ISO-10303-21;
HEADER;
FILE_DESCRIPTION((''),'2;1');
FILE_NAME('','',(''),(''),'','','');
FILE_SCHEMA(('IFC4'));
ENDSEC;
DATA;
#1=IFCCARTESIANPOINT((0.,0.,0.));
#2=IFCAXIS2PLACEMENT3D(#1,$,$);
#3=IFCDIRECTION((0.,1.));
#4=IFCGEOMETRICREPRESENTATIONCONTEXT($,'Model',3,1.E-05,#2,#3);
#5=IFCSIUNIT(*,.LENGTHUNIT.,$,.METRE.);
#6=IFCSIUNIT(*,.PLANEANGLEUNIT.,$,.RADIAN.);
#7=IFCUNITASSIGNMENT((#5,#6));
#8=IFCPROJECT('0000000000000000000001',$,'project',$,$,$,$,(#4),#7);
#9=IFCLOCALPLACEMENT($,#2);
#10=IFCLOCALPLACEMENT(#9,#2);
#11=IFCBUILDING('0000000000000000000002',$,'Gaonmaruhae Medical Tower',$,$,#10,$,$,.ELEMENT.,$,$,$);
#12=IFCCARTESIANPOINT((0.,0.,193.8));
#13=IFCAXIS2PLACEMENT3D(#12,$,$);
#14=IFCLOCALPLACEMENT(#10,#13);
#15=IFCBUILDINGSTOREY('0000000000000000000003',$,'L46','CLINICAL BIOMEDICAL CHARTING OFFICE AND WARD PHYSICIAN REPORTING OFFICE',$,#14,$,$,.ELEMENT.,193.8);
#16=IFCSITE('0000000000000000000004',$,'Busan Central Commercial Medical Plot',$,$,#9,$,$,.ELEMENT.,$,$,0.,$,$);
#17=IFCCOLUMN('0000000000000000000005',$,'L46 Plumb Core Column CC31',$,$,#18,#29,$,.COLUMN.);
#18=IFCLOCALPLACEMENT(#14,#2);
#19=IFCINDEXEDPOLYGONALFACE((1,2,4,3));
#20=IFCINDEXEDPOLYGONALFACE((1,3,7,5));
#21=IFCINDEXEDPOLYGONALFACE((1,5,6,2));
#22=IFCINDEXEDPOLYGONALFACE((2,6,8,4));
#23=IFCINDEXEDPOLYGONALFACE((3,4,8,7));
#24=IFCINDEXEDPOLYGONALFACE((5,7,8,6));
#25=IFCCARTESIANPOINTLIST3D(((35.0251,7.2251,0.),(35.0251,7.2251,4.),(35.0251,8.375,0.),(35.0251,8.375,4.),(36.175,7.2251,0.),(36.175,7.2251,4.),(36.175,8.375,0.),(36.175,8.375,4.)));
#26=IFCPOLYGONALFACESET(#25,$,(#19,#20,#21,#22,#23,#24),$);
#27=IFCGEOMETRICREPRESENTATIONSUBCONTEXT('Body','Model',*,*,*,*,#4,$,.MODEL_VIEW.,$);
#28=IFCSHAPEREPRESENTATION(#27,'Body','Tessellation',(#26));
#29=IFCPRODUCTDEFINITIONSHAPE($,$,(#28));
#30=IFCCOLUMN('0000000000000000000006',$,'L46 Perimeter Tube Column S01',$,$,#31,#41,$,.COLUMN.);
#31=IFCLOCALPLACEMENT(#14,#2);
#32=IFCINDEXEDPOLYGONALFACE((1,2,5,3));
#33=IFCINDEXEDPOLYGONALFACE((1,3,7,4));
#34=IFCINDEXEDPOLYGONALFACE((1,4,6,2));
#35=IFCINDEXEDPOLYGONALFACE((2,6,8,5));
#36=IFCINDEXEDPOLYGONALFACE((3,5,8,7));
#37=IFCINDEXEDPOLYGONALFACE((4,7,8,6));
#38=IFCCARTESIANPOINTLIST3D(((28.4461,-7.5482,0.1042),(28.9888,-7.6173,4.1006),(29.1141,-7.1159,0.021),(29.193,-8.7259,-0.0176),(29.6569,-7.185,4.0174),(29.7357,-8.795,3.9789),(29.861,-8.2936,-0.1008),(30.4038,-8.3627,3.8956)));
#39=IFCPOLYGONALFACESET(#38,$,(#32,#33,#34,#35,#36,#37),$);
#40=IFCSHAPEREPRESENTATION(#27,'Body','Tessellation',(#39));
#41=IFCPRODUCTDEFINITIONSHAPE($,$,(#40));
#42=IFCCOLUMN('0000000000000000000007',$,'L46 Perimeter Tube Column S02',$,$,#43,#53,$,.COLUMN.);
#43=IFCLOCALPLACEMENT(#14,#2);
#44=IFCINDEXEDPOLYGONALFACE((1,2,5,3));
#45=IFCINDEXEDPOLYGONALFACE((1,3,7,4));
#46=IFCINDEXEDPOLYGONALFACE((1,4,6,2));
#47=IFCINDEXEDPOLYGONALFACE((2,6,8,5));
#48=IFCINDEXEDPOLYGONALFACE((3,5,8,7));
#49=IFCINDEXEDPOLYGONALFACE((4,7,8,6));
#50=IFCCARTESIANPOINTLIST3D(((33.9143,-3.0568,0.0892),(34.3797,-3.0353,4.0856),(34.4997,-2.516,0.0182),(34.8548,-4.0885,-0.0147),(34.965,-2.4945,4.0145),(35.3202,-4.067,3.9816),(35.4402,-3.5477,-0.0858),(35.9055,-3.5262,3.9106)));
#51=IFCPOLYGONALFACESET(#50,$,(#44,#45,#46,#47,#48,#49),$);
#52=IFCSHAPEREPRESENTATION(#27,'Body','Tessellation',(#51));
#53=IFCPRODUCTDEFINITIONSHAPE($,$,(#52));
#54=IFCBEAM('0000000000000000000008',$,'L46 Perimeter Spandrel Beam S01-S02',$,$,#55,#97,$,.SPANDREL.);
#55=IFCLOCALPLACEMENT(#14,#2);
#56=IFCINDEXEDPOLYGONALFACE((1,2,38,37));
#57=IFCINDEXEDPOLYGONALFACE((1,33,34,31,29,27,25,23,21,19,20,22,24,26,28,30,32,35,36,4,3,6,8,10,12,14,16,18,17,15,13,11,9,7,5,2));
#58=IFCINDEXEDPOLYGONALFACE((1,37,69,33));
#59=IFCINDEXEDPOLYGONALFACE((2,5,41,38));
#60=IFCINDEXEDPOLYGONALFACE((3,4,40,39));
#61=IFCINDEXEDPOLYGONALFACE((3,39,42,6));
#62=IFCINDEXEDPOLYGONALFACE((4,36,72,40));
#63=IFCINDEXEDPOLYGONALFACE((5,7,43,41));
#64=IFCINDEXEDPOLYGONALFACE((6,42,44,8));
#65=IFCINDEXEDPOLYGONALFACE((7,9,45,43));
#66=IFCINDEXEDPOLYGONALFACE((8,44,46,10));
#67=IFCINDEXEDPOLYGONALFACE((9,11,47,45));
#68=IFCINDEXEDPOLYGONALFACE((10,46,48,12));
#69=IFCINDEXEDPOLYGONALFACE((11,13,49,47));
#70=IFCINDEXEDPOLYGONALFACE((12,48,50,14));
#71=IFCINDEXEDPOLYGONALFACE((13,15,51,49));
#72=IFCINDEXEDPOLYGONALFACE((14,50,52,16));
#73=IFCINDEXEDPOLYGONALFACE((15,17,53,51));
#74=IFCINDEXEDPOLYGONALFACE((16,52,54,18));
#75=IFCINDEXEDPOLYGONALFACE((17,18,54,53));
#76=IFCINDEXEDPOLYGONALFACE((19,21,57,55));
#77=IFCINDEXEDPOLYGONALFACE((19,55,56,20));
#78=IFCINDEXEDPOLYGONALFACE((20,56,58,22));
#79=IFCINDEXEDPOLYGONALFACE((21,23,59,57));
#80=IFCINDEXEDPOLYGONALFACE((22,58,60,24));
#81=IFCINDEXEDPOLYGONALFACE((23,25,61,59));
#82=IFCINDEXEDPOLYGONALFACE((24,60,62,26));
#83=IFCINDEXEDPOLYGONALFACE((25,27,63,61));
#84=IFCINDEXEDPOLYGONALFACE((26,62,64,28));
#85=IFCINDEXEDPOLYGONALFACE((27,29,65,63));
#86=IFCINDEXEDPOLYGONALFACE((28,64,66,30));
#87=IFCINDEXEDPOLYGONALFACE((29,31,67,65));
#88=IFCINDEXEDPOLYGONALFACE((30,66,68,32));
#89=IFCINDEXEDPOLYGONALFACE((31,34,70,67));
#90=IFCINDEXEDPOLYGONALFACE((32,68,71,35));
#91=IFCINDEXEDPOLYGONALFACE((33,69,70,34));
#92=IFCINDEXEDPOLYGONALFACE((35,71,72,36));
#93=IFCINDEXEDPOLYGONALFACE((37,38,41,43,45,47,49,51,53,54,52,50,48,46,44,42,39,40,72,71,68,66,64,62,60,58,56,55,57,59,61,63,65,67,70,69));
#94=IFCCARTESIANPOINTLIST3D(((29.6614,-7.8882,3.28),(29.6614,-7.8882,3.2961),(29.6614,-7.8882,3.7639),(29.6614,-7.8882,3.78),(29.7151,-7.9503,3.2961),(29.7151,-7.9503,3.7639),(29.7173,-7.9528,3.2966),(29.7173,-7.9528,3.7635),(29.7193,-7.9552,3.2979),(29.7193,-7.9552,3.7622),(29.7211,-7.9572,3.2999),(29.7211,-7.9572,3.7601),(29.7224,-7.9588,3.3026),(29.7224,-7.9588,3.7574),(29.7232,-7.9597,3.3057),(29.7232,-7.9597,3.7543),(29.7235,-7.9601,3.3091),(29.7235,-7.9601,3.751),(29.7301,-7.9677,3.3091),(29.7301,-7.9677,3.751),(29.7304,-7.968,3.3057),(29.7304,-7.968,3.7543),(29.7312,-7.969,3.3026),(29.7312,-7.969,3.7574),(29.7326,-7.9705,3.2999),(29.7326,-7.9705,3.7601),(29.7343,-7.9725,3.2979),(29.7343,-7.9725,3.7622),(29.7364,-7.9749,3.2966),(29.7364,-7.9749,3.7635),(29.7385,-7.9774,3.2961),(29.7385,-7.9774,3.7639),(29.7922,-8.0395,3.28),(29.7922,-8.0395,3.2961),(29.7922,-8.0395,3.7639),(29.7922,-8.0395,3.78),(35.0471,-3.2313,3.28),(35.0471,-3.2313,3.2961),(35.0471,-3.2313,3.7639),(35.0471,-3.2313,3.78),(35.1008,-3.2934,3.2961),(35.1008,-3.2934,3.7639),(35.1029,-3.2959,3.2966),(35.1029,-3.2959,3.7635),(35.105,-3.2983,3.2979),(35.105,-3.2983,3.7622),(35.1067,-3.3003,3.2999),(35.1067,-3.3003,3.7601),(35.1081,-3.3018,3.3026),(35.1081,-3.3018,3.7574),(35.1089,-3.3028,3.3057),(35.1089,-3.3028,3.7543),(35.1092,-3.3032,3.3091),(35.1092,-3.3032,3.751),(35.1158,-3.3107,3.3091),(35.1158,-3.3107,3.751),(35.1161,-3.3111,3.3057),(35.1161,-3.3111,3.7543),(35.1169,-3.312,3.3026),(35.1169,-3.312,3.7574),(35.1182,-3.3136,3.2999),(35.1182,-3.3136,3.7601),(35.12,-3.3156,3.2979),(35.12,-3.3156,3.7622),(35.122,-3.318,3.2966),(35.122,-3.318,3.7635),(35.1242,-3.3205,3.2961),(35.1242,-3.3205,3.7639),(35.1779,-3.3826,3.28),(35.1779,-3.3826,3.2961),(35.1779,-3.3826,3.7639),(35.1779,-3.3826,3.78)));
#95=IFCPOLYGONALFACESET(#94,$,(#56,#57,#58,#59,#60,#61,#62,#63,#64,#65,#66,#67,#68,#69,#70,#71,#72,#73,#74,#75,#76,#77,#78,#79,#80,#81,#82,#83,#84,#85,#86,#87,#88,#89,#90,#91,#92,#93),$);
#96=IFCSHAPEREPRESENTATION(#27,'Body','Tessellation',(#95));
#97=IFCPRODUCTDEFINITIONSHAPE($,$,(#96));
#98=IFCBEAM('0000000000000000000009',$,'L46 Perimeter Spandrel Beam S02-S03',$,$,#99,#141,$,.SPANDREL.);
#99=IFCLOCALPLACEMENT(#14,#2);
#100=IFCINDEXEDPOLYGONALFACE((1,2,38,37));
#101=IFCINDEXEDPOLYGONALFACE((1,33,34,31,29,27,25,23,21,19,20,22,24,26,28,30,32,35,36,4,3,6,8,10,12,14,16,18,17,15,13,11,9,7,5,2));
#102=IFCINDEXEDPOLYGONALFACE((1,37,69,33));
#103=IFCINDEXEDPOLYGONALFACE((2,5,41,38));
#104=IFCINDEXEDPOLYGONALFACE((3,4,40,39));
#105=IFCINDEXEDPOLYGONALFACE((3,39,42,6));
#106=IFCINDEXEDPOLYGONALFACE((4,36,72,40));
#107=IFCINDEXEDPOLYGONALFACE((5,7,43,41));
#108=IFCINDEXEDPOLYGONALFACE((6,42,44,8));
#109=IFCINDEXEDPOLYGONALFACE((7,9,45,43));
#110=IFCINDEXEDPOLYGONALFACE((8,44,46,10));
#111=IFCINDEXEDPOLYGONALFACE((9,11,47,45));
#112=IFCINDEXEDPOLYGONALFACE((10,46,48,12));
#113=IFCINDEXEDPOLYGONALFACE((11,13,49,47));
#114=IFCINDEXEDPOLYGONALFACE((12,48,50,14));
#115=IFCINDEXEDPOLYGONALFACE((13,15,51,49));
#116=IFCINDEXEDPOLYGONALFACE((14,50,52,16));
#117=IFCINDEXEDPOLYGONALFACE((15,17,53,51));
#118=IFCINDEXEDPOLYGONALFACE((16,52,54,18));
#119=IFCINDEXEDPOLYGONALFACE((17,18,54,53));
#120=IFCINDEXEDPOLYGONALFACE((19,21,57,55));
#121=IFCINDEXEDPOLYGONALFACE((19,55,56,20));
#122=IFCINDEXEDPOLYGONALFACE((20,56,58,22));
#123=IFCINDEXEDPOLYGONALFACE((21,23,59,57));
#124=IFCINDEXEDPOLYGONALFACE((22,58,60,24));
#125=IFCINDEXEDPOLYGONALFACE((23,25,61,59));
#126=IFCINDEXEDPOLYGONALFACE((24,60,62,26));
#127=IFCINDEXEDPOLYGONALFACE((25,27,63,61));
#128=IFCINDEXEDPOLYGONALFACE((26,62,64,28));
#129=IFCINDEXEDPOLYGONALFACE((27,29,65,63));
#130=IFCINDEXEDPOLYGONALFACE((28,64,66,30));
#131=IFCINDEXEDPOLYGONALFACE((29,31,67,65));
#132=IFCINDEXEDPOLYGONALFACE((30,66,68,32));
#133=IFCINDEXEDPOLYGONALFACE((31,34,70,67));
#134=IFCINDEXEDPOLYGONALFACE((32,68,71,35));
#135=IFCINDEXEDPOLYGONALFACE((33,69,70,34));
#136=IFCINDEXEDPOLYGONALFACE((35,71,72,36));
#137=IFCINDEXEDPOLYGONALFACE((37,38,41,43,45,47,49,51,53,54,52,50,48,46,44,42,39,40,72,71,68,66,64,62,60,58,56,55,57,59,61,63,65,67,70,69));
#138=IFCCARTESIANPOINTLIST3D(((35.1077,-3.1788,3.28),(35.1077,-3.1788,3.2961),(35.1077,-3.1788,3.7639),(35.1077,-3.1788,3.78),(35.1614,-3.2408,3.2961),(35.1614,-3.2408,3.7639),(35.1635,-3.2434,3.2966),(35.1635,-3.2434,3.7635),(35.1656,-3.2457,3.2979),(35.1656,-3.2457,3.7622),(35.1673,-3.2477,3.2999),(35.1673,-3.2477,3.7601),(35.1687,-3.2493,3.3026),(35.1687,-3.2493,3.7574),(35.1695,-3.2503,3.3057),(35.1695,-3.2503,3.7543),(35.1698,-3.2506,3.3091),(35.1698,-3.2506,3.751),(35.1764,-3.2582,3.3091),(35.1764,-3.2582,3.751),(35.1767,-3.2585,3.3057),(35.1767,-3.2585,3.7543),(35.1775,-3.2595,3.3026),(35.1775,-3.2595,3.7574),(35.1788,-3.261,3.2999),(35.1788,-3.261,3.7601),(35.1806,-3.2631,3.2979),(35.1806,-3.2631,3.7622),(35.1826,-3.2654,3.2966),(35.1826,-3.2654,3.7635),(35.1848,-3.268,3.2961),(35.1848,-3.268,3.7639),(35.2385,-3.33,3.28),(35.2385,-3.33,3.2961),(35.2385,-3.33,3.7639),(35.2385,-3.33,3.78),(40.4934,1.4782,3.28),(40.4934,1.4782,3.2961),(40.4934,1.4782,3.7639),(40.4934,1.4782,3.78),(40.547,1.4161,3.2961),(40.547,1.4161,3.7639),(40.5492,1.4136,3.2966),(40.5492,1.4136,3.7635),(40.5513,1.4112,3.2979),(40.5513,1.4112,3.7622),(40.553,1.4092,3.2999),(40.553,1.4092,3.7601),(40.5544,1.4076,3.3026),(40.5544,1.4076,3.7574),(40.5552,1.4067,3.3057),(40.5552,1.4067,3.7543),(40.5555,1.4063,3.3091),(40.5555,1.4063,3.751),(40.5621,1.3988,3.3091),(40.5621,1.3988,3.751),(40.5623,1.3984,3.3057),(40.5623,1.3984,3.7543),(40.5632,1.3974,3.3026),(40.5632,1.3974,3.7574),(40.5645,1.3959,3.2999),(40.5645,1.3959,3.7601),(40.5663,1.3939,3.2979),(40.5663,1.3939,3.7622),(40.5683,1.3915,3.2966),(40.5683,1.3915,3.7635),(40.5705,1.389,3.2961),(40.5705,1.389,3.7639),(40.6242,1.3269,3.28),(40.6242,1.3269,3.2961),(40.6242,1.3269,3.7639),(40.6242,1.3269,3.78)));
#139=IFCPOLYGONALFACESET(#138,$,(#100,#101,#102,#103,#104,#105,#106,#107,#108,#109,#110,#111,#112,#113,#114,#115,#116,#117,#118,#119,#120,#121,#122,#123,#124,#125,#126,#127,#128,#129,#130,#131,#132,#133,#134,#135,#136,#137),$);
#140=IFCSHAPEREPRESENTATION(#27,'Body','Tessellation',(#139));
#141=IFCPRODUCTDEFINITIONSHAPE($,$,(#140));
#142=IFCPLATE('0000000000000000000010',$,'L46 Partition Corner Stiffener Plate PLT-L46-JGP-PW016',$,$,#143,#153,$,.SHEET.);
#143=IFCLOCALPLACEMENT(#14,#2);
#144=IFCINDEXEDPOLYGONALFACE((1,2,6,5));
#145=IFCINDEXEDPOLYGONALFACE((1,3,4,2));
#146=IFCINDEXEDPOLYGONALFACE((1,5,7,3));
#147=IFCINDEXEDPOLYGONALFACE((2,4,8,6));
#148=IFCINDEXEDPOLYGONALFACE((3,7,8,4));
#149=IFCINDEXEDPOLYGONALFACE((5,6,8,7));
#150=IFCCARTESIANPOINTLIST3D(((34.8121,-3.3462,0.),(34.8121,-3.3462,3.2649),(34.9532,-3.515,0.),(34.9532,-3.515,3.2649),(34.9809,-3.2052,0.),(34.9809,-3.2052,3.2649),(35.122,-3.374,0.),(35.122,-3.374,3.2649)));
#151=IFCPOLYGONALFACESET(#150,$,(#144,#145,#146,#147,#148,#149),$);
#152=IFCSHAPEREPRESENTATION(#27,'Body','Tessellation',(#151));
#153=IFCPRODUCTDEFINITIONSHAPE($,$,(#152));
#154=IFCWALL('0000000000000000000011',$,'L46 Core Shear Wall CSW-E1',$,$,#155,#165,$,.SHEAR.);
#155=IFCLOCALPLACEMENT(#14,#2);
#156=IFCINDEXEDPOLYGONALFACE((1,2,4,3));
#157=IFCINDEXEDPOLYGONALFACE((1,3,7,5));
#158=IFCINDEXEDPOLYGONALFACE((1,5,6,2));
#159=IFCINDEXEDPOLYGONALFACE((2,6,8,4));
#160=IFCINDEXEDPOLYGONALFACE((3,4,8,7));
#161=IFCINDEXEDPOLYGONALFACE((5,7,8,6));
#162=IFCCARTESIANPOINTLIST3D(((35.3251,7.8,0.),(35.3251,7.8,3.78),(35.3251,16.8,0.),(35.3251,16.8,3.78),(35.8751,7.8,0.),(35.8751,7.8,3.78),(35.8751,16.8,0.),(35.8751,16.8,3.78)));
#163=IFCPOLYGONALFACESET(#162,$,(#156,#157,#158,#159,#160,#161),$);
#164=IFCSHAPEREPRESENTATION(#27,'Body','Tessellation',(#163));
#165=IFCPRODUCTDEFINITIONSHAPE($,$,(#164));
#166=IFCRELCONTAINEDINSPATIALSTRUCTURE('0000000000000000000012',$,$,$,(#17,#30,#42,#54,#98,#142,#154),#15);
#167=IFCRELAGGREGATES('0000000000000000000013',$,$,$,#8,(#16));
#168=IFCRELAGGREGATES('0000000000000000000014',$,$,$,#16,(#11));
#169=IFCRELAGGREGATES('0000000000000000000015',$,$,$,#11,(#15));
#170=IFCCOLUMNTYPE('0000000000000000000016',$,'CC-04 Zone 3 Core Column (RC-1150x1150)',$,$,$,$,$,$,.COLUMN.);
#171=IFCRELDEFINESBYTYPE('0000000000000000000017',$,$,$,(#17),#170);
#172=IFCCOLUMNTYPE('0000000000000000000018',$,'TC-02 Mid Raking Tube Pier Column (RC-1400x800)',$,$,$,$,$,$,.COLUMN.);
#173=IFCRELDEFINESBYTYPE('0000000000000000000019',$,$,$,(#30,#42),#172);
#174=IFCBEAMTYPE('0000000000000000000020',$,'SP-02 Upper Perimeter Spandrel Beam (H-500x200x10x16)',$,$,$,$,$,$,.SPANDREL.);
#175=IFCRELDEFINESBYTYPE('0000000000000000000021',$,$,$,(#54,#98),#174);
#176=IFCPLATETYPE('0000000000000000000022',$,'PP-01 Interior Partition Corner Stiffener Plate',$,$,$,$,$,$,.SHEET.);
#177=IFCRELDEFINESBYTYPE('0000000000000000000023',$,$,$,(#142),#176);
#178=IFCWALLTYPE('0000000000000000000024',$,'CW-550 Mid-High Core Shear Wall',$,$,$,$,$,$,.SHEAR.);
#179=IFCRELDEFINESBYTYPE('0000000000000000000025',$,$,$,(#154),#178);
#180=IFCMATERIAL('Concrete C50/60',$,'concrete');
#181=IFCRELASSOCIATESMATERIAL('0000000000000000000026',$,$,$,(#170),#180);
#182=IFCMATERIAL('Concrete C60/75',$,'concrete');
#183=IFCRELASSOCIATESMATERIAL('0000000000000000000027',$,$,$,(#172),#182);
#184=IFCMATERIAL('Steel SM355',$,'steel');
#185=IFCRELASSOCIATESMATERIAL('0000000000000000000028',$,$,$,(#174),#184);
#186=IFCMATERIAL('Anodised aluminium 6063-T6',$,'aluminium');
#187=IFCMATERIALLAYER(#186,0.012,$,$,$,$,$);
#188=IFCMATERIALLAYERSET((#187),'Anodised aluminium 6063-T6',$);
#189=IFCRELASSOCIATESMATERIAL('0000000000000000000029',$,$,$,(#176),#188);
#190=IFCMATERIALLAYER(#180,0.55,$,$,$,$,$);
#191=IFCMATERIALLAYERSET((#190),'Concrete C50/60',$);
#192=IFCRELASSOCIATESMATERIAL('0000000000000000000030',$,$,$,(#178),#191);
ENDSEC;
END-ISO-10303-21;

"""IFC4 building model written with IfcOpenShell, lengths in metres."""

from ifc_helpers import new_model, si_unit, direction, frame, frame_2d, origin, origin_2d, place, context, subcontext, project, spatial, rectangle, i_section, extrude, material, layer, layer_set, material_profile, profile_set, type_object, element, save


model = new_model("IFC4")

# Units and contexts
model_context = context("Model", 3, precision=1e-05, world=origin(), true_north=direction((0.0, 1.0)))
body_context = subcontext(model_context, "Body", "Model", "MODEL_VIEW")
ifc_project = project(units=[si_unit("LENGTHUNIT", "METRE"), si_unit("PLANEANGLEUNIT", "RADIAN")], contexts=[model_context])

# Site, building, storey
site_placement = place(None, origin())
site = spatial("IfcSite", under=ifc_project, at=site_placement, Name="Busan Central Commercial Medical Plot", CompositionType="ELEMENT", RefElevation=0.0)
building_placement = place(site_placement, origin())
building = spatial("IfcBuilding", under=site, at=building_placement, Name="Gaonmaruhae Medical Tower", CompositionType="ELEMENT")
storey_placement = place(building_placement, frame((0.0, 0.0, 193.8)))
storey = spatial("IfcBuildingStorey", under=building, at=storey_placement, Name="L46", Description="CLINICAL BIOMEDICAL CHARTING OFFICE AND WARD PHYSICIAN REPORTING OFFICE", CompositionType="ELEMENT", Elevation=193.8)

# Columns
ifc_material_1 = material(Name="Concrete C50/60", Category="concrete")
ifc_material_profile_1 = material_profile(ifc_material_1, rectangle(XDim=1.1499, YDim=1.1499, at=origin_2d()), Name="RC-1150x1150")
ifc_profile_set_1 = profile_set([ifc_material_profile_1], Name="Concrete C50/60")
column_type_1 = type_object("IfcColumnType", Name="CC-04 Zone 3 Core Column (RC-1150x1150)", PredefinedType="COLUMN", material=ifc_profile_set_1)
column_1_placement = place(storey_placement, frame((35.6001, 7.8, 0.0), z_axis=(0.0, 0.0, 1.0), x_axis=(1.0, 0.0, 0.0)))
element("IfcColumn", 1, at=column_1_placement, inside=storey, type_object=column_type_1, Name="L46 Plumb Core Column CC31", PredefinedType="COLUMN", context=body_context, shape_type="SweptSolid", body=[
    extrude(rectangle(XDim=1.1499, YDim=1.1499, at=origin_2d()), origin(), (0.0, 0.0, 1.0), 4.0),
])
ifc_material_2 = material(Name="Concrete C60/75", Category="concrete")
ifc_material_profile_2 = material_profile(ifc_material_2, rectangle(XDim=1.3999, YDim=0.8, at=origin_2d()), Name="RC-1400x800")
ifc_profile_set_2 = profile_set([ifc_material_profile_2], Name="Concrete C60/75")
column_type_2 = type_object("IfcColumnType", Name="TC-02 Mid Raking Tube Pier Column (RC-1400x800)", PredefinedType="COLUMN", material=ifc_profile_set_2)
column_2_placement = place(storey_placement, frame((29.1536, -7.9209, 0.0017), z_axis=(0.13455, -0.017129, 0.990759), x_axis=(-0.533551, 0.841281, 0.087004)))
element("IfcColumn", 2, at=column_2_placement, inside=storey, type_object=column_type_2, Name="L46 Perimeter Tube Column S01", PredefinedType="COLUMN", context=body_context, shape_type="SweptSolid", body=[
    extrude(rectangle(XDim=1.3999, YDim=0.8, at=origin_2d()), origin(), (0.0, 0.0, 1.0), 4.0337),
])
column_3_placement = place(storey_placement, frame((34.6772, -3.3022, 0.0017), z_axis=(0.115657, 0.00534, 0.993275), x_axis=(-0.67184, 0.736964, 0.074267)))
element("IfcColumn", 3, at=column_3_placement, inside=storey, type_object=column_type_2, Name="L46 Perimeter Tube Column S02", PredefinedType="COLUMN", context=body_context, shape_type="SweptSolid", body=[
    extrude(rectangle(XDim=1.3999, YDim=0.8, at=origin_2d()), origin(), (0.0, 0.0, 1.0), 4.0234),
])

# Beams
ifc_material_3 = material(Name="Steel SM355", Category="steel")
ifc_material_profile_3 = material_profile(ifc_material_3, i_section(OverallWidth=0.2, OverallDepth=0.5, WebThickness=0.01, FlangeThickness=0.0161, FilletRadius=0.0129, at=origin_2d()), Name="H-500x200x10x16")
ifc_profile_set_3 = profile_set([ifc_material_profile_3], Name="Steel SM355")
beam_type = type_object("IfcBeamType", Name="SP-02 Upper Perimeter Spandrel Beam (H-500x200x10x16)", PredefinedType="SPANDREL", material=ifc_profile_set_3)
for number, where, z_axis, x_axis, name in (
    (4, (29.7268, -7.9639, 3.53), (0.75643, 0.654075, 0.0), (-0.654075, 0.75643, 0.0), "L46 Perimeter Spandrel Beam S01-S02"),
    (5, (35.1731, -3.2544, 3.53), (0.75643, 0.654075, 0.0), (-0.654075, 0.75643, 0.0), "L46 Perimeter Spandrel Beam S02-S03"),
):
    element("IfcBeam", number, at=place(storey_placement, frame(where, z_axis=z_axis, x_axis=x_axis)), inside=storey, type_object=beam_type, Name=name, PredefinedType="SPANDREL", context=body_context, shape_type="SweptSolid", body=[
        extrude(i_section(OverallWidth=0.2, OverallDepth=0.5, WebThickness=0.01, FlangeThickness=0.0161, FilletRadius=0.0129, at=origin_2d()), origin(), (0.0, 0.0, 1.0), 7.1199),
    ])

# Plate
ifc_material_4 = material(Name="Anodised aluminium 6063-T6", Category="aluminium")
ifc_layer_1 = layer(ifc_material_4, 0.012)
ifc_layer_set_1 = layer_set([ifc_layer_1], Name="Anodised aluminium 6063-T6")
plate_type = type_object("IfcPlateType", Name="PP-01 Interior Partition Corner Stiffener Plate", PredefinedType="SHEET", material=ifc_layer_set_1)
plate_placement = place(storey_placement, frame((34.967, -3.3601, 0.0), z_axis=(0.0, 0.0, 1.0), x_axis=(-0.767355, -0.641222, 0.0)))
element("IfcPlate", 6, at=plate_placement, inside=storey, type_object=plate_type, Name="L46 Partition Corner Stiffener Plate PLT-L46-JGP-PW016", PredefinedType="SHEET", context=body_context, shape_type="SweptSolid", body=[
    extrude(rectangle(XDim=0.22, YDim=0.22, at=origin_2d()), origin(), (0.0, 0.0, 1.0), 3.2649),
])

# Wall
ifc_layer_2 = layer(ifc_material_1, 0.55)
ifc_layer_set_2 = layer_set([ifc_layer_2], Name="Concrete C50/60")
wall_type_1 = type_object("IfcWallType", Name="CW-550 Mid-High Core Shear Wall", PredefinedType="SHEAR", material=ifc_layer_set_2)
wall_1_placement = place(storey_placement, frame((35.6001, 7.8, 0.0), z_axis=(0.0, 0.0, 1.0), x_axis=(0.0, 1.0, 0.0)))
element("IfcWall", 7, at=wall_1_placement, inside=storey, type_object=wall_type_1, Name="L46 Core Shear Wall CSW-E1", PredefinedType="SHEAR", context=body_context, shape_type="SweptSolid", body=[
    extrude(rectangle(XDim=9.0, YDim=0.55, at=frame_2d((4.5, 0.0))), origin(), (0.0, 0.0, 1.0), 3.78),
])

save(model, "model.ifc")
